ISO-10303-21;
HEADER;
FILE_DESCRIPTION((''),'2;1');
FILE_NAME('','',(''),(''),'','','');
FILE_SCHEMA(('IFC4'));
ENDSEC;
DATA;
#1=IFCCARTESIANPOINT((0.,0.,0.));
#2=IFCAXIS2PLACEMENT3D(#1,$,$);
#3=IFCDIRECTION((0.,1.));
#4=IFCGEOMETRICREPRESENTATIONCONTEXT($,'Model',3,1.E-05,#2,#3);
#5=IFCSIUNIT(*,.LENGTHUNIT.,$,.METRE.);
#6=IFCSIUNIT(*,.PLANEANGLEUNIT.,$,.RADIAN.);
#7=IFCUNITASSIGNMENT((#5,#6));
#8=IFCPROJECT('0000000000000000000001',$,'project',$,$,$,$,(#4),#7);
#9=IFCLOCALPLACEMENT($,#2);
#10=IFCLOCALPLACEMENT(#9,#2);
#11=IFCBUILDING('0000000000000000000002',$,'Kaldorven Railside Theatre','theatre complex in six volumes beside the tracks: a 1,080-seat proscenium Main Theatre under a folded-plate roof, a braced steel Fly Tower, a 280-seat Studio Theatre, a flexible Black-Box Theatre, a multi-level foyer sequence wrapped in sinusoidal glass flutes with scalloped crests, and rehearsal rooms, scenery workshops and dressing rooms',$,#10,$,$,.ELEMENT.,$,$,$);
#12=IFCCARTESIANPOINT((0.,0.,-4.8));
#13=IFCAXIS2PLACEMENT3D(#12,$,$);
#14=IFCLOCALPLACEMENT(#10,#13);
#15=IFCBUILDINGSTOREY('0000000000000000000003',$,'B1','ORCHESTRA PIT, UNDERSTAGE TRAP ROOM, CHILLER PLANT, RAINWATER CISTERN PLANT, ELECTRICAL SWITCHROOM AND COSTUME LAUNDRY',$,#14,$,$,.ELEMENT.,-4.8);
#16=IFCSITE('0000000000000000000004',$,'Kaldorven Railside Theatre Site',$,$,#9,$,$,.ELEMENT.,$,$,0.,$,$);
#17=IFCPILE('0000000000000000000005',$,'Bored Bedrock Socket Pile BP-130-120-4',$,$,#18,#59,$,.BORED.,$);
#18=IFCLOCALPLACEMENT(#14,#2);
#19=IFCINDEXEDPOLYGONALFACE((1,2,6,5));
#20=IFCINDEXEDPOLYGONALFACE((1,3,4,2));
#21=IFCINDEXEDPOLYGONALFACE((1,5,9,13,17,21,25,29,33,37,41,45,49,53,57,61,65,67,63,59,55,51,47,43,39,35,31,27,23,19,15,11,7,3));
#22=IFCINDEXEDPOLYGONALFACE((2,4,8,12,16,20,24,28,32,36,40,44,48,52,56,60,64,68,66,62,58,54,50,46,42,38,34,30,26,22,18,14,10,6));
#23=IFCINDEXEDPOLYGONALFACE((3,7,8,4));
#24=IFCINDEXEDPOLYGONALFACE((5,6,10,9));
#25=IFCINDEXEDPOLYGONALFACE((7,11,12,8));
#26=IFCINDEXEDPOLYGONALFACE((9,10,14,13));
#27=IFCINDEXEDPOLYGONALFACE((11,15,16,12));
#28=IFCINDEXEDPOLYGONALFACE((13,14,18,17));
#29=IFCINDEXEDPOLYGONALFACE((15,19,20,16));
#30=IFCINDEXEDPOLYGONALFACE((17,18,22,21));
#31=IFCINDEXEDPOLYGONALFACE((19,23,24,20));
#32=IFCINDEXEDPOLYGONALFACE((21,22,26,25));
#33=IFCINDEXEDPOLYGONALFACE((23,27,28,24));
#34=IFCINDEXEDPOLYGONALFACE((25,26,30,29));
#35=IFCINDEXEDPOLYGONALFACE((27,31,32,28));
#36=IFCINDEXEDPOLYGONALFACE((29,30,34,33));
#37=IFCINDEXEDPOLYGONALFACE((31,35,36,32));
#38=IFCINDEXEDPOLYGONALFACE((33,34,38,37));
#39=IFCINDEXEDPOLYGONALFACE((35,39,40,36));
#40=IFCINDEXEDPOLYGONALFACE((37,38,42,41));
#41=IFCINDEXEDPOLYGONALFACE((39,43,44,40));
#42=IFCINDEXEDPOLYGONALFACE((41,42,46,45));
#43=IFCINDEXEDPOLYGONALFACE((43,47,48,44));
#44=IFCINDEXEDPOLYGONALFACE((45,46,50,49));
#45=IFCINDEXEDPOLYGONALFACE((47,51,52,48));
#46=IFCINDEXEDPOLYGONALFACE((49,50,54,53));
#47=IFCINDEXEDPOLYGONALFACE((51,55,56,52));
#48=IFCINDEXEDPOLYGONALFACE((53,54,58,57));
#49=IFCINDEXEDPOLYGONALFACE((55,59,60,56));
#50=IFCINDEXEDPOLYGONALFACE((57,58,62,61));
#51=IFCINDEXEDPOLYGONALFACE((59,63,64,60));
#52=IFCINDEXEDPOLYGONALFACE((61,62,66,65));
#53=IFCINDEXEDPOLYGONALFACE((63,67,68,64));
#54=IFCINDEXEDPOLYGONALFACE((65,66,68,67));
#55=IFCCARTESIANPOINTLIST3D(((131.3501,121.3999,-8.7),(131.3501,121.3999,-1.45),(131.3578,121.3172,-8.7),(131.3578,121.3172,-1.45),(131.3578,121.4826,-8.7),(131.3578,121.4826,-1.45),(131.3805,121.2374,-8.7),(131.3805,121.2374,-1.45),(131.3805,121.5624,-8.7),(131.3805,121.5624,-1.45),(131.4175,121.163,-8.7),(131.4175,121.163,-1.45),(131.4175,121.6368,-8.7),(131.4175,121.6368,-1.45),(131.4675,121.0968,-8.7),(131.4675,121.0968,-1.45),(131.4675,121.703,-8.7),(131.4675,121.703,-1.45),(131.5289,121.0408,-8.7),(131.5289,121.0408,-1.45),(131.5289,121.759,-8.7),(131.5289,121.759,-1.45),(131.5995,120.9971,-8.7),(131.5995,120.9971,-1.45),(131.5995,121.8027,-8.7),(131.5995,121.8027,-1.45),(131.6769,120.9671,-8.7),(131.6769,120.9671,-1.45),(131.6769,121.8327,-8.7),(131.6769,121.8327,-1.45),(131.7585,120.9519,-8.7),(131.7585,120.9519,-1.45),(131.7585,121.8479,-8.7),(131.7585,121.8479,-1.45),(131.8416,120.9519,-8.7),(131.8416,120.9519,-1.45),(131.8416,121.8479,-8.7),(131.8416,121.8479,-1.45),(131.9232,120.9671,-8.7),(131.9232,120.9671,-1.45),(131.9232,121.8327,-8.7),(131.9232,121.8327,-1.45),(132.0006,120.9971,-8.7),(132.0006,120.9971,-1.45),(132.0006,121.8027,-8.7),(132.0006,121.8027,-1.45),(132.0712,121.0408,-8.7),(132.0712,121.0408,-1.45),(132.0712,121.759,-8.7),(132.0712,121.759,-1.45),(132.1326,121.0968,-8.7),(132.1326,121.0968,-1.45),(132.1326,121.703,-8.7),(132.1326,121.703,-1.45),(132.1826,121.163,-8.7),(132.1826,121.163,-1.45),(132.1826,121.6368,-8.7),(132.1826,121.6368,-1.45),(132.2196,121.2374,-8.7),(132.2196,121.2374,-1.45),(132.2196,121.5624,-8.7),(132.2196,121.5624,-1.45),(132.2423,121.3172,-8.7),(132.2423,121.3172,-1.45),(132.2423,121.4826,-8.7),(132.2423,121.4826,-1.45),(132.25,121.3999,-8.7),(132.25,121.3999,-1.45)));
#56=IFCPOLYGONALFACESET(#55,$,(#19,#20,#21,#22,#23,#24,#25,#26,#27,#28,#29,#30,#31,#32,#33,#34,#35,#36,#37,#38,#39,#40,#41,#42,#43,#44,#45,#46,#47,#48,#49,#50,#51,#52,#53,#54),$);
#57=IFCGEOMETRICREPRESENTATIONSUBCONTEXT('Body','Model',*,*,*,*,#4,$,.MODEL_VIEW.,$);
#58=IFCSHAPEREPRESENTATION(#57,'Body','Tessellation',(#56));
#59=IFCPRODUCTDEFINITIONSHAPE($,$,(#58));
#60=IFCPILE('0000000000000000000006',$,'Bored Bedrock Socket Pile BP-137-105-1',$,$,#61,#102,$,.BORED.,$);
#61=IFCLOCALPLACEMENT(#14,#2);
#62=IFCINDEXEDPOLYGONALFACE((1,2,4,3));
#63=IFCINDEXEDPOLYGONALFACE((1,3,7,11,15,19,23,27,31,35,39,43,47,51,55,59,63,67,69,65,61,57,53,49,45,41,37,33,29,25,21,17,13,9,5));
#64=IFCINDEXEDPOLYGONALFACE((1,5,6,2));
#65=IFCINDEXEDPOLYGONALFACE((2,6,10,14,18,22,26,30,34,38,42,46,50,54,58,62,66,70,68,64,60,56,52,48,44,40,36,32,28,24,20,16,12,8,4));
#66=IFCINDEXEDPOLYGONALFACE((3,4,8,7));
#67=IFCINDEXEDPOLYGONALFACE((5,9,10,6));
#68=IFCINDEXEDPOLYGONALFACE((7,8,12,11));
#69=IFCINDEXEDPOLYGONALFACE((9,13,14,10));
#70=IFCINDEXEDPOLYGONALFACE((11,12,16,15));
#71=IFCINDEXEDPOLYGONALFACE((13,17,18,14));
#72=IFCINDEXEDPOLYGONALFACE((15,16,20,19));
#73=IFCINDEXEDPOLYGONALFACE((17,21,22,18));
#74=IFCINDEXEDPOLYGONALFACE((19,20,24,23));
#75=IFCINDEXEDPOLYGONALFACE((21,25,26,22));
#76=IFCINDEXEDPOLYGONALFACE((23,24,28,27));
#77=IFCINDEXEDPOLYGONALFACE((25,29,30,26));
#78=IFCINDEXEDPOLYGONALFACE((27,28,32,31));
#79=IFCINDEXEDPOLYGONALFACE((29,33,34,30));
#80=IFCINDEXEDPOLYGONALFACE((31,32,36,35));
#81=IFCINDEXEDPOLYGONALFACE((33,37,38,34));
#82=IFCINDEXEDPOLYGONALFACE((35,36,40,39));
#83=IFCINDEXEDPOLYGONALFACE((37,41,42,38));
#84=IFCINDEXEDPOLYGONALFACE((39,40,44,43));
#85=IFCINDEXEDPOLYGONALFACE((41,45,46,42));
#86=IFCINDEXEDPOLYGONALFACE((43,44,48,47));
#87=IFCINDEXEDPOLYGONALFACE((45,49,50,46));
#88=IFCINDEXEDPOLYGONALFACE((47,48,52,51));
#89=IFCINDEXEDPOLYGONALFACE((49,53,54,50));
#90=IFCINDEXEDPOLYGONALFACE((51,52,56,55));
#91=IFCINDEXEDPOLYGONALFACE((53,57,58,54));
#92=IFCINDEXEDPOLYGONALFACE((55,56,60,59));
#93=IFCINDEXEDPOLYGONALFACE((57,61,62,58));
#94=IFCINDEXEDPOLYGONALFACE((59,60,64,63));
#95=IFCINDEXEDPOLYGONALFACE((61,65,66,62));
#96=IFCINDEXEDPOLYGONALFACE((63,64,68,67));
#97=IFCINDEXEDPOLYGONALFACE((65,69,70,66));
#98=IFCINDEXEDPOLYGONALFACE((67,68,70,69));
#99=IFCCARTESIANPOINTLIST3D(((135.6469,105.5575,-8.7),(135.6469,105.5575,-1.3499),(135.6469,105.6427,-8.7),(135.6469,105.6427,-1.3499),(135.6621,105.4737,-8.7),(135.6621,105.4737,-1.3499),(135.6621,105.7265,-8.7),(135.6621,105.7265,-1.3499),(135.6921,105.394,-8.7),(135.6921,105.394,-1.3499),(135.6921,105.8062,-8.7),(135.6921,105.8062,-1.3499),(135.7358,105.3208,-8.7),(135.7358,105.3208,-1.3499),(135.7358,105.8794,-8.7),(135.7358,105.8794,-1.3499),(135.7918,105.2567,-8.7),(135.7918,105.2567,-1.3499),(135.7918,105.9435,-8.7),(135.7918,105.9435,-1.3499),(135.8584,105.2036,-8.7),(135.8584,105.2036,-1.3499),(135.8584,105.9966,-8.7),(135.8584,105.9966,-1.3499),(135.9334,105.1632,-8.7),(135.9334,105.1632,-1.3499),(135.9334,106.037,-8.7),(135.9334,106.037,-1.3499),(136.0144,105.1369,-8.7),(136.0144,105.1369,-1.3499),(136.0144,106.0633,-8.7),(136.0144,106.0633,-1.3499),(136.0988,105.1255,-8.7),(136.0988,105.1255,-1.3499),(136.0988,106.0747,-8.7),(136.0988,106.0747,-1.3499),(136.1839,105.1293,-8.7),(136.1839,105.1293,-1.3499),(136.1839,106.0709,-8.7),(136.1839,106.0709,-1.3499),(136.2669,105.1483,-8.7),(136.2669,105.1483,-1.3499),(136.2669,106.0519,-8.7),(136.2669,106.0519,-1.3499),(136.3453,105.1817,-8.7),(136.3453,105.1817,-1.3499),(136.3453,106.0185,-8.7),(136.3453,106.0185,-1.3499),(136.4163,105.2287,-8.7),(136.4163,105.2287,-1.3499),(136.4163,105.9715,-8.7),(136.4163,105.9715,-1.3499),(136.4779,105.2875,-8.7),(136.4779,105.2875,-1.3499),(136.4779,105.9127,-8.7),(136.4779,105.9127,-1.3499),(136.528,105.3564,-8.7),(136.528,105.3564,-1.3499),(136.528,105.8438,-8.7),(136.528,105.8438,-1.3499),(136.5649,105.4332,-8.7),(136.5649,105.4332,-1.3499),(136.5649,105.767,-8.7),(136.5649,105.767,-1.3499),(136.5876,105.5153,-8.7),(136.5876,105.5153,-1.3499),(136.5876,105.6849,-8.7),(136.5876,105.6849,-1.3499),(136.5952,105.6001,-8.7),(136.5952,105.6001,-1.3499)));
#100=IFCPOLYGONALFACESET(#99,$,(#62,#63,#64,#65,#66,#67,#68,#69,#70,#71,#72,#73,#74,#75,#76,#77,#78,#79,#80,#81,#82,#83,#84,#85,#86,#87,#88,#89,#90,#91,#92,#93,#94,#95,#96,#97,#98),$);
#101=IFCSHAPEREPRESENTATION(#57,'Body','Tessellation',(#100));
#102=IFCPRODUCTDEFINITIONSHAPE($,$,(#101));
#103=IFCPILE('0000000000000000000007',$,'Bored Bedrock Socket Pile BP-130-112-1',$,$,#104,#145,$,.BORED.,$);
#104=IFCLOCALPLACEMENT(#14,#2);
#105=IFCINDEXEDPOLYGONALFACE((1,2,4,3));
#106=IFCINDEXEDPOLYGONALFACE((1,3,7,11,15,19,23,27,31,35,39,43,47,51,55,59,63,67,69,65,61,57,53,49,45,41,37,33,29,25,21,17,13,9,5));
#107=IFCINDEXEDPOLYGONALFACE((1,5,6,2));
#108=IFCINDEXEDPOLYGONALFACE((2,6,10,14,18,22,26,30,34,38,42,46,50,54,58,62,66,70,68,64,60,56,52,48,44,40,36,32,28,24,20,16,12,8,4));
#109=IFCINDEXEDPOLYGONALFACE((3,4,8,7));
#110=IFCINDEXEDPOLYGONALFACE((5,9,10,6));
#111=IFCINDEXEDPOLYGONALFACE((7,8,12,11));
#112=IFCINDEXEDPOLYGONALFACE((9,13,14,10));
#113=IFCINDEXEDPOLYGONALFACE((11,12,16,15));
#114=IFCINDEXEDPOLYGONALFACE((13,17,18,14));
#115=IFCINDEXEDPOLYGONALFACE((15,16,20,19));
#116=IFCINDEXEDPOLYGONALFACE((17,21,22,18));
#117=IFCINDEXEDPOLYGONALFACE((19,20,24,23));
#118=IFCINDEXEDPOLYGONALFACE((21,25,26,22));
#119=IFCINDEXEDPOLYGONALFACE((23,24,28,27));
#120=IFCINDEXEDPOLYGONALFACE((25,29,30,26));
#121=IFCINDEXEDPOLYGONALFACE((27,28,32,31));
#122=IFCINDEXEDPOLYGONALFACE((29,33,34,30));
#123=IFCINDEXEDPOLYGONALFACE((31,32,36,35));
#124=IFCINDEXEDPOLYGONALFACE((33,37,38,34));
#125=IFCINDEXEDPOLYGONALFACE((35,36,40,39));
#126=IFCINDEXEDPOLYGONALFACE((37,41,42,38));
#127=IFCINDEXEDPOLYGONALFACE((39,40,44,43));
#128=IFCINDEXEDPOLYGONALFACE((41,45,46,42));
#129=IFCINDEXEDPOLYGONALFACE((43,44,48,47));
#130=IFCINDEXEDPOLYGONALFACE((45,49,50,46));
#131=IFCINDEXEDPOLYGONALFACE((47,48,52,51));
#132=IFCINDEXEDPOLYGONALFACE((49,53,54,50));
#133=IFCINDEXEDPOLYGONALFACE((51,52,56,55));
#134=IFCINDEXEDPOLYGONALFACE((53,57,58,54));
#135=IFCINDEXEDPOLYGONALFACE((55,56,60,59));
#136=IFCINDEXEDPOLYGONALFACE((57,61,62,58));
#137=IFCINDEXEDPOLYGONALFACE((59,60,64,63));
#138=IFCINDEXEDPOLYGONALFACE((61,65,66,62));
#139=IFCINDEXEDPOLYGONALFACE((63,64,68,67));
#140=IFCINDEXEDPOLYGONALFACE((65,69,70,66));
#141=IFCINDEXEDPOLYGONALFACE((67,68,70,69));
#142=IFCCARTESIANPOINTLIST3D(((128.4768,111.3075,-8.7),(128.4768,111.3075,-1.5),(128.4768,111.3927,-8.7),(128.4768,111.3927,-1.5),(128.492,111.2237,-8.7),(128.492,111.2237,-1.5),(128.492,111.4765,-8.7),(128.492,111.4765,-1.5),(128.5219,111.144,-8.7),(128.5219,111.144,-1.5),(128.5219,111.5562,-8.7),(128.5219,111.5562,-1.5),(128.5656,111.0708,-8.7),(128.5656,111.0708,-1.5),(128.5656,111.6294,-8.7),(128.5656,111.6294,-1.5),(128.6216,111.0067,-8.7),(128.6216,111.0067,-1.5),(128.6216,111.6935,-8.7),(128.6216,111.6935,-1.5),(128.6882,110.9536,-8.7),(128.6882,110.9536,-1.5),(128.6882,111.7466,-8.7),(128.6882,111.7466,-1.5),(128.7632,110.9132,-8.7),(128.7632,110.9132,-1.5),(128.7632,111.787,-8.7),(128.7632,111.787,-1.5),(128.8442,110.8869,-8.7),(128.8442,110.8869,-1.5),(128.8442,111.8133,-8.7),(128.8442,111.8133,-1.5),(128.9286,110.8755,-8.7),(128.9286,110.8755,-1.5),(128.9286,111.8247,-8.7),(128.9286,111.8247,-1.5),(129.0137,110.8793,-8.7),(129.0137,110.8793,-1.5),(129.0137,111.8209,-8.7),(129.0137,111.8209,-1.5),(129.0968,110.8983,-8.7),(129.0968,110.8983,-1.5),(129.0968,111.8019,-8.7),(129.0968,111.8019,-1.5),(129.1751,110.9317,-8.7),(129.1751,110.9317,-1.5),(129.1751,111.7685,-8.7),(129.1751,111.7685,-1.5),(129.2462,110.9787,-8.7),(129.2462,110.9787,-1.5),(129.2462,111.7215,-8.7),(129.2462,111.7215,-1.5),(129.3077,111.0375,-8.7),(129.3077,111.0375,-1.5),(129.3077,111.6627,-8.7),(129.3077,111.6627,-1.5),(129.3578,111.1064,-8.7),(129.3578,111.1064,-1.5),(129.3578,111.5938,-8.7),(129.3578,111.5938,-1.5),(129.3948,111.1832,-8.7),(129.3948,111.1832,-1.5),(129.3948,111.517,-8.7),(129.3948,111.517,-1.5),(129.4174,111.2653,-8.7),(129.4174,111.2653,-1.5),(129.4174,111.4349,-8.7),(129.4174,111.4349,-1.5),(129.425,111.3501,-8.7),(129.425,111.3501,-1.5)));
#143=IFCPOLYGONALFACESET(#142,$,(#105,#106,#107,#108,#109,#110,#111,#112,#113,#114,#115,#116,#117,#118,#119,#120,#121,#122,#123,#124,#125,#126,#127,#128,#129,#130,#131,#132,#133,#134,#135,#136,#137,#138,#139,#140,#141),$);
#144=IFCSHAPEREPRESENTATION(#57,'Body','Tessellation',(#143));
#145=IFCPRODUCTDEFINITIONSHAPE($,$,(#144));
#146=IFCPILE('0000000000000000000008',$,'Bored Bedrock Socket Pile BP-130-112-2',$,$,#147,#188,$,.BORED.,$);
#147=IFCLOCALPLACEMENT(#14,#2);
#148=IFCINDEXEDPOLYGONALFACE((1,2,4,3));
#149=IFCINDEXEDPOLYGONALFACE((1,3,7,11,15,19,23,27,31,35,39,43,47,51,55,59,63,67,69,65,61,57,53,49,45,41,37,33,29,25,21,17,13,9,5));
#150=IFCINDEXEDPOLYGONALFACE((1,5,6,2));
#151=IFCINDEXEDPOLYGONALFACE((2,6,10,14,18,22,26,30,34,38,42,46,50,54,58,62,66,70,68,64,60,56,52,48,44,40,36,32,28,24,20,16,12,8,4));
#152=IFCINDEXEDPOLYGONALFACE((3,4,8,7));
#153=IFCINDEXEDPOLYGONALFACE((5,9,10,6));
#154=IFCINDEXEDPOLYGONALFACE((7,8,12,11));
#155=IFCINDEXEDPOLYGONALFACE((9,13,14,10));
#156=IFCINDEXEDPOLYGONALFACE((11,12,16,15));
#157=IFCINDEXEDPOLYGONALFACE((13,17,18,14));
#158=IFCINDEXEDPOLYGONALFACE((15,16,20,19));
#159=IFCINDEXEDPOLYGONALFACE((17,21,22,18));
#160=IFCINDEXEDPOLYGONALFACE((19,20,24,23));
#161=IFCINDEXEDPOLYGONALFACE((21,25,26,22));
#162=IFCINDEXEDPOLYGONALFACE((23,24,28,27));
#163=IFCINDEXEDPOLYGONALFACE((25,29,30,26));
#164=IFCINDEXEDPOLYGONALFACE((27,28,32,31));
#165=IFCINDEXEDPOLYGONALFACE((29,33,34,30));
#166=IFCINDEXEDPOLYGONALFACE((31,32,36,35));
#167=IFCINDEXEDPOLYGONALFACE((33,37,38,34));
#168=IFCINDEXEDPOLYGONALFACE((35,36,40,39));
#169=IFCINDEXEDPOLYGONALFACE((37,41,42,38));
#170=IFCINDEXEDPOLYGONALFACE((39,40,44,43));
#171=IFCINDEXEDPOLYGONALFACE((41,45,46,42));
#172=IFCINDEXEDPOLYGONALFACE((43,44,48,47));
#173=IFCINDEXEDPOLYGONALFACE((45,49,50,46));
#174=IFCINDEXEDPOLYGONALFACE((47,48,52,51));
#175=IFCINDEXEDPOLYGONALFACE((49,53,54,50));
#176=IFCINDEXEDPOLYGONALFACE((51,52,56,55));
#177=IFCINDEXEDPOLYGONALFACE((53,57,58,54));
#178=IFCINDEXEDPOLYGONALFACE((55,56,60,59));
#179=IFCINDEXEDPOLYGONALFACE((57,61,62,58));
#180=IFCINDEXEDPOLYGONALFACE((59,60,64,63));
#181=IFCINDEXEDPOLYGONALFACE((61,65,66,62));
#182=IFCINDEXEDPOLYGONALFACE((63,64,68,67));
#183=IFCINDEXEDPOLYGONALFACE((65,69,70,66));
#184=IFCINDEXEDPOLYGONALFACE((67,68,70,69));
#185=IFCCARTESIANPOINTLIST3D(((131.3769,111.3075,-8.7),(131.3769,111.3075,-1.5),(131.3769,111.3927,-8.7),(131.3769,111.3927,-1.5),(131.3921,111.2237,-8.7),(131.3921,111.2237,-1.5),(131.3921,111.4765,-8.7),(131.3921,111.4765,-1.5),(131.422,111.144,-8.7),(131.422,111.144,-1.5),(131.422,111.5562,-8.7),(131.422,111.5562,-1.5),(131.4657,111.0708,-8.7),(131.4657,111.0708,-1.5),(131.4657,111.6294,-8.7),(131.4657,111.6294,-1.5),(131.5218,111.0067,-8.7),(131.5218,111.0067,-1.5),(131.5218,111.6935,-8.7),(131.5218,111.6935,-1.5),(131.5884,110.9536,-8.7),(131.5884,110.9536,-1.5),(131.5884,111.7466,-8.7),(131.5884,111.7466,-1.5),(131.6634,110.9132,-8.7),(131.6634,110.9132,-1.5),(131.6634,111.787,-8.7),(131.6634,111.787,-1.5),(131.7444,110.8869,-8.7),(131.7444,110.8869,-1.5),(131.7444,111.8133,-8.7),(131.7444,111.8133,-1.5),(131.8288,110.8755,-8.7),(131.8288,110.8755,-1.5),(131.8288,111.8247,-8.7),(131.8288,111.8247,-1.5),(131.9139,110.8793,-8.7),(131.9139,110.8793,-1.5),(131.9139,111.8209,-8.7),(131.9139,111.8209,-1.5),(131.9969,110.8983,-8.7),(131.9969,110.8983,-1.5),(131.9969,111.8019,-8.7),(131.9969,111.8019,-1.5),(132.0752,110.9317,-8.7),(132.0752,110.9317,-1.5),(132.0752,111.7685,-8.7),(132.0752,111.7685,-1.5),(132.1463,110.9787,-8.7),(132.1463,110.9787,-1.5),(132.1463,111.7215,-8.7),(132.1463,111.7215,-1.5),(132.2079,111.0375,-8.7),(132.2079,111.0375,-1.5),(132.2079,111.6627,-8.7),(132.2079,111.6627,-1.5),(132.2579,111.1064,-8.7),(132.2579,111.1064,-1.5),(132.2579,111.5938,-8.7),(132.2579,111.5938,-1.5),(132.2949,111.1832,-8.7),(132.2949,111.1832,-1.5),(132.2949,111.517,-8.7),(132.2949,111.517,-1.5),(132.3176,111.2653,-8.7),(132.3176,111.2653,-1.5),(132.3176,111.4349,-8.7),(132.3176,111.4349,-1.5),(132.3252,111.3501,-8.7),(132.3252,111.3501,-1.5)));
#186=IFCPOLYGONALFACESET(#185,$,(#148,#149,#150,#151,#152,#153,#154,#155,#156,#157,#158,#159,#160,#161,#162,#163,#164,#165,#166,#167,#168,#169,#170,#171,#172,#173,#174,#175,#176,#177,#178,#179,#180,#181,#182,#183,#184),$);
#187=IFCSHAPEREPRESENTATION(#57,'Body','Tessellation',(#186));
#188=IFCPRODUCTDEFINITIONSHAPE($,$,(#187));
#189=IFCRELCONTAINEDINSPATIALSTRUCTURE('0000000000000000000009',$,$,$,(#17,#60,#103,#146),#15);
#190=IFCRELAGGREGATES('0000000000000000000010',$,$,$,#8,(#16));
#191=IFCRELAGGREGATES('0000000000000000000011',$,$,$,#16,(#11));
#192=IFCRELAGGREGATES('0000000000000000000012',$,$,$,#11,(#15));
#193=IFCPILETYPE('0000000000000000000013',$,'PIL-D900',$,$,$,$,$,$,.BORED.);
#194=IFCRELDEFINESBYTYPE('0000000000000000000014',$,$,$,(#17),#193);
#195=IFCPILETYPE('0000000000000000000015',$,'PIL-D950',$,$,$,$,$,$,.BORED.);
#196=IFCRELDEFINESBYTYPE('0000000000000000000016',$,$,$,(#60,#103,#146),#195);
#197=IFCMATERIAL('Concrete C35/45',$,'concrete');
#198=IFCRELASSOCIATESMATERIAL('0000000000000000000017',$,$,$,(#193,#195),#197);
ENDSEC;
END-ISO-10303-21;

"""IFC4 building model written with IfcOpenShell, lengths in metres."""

from ifc_helpers import new_model, si_unit, direction, frame, origin, origin_2d, place, context, subcontext, project, spatial, circle, extrude, material, material_profile, profile_set, type_object, element, save


model = new_model("IFC4")

# Units and contexts
model_context = context("Model", 3, precision=1e-05, world=origin(), true_north=direction((0.0, 1.0)))
body_context = subcontext(model_context, "Body", "Model", "MODEL_VIEW")
ifc_project = project(units=[si_unit("LENGTHUNIT", "METRE"), si_unit("PLANEANGLEUNIT", "RADIAN")], contexts=[model_context])

# Site, building, storey
site_placement = place(None, origin())
site = spatial("IfcSite", under=ifc_project, at=site_placement, Name="Kaldorven Railside Theatre Site", CompositionType="ELEMENT", RefElevation=0.0)
building_placement = place(site_placement, origin())
building = spatial("IfcBuilding", under=site, at=building_placement, Name="Kaldorven Railside Theatre", Description="theatre complex in six volumes beside the tracks: a 1,080-seat proscenium Main Theatre under a folded-plate roof, a braced steel Fly Tower, a 280-seat Studio Theatre, a flexible Black-Box Theatre, a multi-level foyer sequence wrapped in sinusoidal glass flutes with scalloped crests, and rehearsal rooms, scenery workshops and dressing rooms", CompositionType="ELEMENT")
storey_placement = place(building_placement, frame((0.0, 0.0, -4.8)))
storey = spatial("IfcBuildingStorey", under=building, at=storey_placement, Name="B1", Description="ORCHESTRA PIT, UNDERSTAGE TRAP ROOM, CHILLER PLANT, RAINWATER CISTERN PLANT, ELECTRICAL SWITCHROOM AND COSTUME LAUNDRY", CompositionType="ELEMENT", Elevation=-4.8)

# Piles
ifc_material_1 = material(Name="Concrete C35/45", Category="concrete")
ifc_material_profile_1 = material_profile(ifc_material_1, circle(Radius=0.45, at=origin_2d()), Name="BP D900")
ifc_profile_set_1 = profile_set([ifc_material_profile_1], Name="Concrete C35/45")
pile_type_1 = type_object("IfcPileType", Name="PIL-D900", PredefinedType="BORED", material=ifc_profile_set_1)
for number, where, z_axis, x_axis, name in (
    (1, (131.8, 121.3999, -1.45), (0.0, 0.0, -1.0), (1.0, 0.0, 0.0), "Bored Bedrock Socket Pile BP-130-120-4"),
):
    element("IfcPile", number, at=place(storey_placement, frame(where, z_axis=z_axis, x_axis=x_axis)), inside=storey, type_object=pile_type_1, Name=name, PredefinedType="BORED", context=body_context, shape_type="SweptSolid", body=[
        extrude(circle(Radius=0.45, at=origin_2d()), origin(), (0.0, 0.0, 1.0), 7.25),
    ])
ifc_material_profile_2 = material_profile(ifc_material_1, circle(Radius=0.4751, at=origin_2d()), Name="BP D950")
ifc_profile_set_2 = profile_set([ifc_material_profile_2], Name="Concrete C35/45")
pile_type_2 = type_object("IfcPileType", Name="PIL-D950", PredefinedType="BORED", material=ifc_profile_set_2)
pile_1_placement = place(storey_placement, frame((136.1201, 105.6001, -1.3499), z_axis=(0.0, 0.0, -1.0), x_axis=(1.0, 0.0, 0.0)))
element("IfcPile", 2, at=pile_1_placement, inside=storey, type_object=pile_type_2, Name="Bored Bedrock Socket Pile BP-137-105-1", PredefinedType="BORED", context=body_context, shape_type="SweptSolid", body=[
    extrude(circle(Radius=0.4751, at=origin_2d()), origin(), (0.0, 0.0, 1.0), 7.3501),
])
for number, where, z_axis, x_axis, name in (
    (3, (128.95, 111.3501, -1.5), (0.0, 0.0, -1.0), (1.0, 0.0, 0.0), "Bored Bedrock Socket Pile BP-130-112-1"),
    (4, (131.8501, 111.3501, -1.5), (0.0, 0.0, -1.0), (1.0, 0.0, 0.0), "Bored Bedrock Socket Pile BP-130-112-2"),
):
    element("IfcPile", number, at=place(storey_placement, frame(where, z_axis=z_axis, x_axis=x_axis)), inside=storey, type_object=pile_type_2, Name=name, PredefinedType="BORED", context=body_context, shape_type="SweptSolid", body=[
        extrude(circle(Radius=0.4751, at=origin_2d()), origin(), (0.0, 0.0, 1.0), 7.2),
    ])

save(model, "model.ifc")
